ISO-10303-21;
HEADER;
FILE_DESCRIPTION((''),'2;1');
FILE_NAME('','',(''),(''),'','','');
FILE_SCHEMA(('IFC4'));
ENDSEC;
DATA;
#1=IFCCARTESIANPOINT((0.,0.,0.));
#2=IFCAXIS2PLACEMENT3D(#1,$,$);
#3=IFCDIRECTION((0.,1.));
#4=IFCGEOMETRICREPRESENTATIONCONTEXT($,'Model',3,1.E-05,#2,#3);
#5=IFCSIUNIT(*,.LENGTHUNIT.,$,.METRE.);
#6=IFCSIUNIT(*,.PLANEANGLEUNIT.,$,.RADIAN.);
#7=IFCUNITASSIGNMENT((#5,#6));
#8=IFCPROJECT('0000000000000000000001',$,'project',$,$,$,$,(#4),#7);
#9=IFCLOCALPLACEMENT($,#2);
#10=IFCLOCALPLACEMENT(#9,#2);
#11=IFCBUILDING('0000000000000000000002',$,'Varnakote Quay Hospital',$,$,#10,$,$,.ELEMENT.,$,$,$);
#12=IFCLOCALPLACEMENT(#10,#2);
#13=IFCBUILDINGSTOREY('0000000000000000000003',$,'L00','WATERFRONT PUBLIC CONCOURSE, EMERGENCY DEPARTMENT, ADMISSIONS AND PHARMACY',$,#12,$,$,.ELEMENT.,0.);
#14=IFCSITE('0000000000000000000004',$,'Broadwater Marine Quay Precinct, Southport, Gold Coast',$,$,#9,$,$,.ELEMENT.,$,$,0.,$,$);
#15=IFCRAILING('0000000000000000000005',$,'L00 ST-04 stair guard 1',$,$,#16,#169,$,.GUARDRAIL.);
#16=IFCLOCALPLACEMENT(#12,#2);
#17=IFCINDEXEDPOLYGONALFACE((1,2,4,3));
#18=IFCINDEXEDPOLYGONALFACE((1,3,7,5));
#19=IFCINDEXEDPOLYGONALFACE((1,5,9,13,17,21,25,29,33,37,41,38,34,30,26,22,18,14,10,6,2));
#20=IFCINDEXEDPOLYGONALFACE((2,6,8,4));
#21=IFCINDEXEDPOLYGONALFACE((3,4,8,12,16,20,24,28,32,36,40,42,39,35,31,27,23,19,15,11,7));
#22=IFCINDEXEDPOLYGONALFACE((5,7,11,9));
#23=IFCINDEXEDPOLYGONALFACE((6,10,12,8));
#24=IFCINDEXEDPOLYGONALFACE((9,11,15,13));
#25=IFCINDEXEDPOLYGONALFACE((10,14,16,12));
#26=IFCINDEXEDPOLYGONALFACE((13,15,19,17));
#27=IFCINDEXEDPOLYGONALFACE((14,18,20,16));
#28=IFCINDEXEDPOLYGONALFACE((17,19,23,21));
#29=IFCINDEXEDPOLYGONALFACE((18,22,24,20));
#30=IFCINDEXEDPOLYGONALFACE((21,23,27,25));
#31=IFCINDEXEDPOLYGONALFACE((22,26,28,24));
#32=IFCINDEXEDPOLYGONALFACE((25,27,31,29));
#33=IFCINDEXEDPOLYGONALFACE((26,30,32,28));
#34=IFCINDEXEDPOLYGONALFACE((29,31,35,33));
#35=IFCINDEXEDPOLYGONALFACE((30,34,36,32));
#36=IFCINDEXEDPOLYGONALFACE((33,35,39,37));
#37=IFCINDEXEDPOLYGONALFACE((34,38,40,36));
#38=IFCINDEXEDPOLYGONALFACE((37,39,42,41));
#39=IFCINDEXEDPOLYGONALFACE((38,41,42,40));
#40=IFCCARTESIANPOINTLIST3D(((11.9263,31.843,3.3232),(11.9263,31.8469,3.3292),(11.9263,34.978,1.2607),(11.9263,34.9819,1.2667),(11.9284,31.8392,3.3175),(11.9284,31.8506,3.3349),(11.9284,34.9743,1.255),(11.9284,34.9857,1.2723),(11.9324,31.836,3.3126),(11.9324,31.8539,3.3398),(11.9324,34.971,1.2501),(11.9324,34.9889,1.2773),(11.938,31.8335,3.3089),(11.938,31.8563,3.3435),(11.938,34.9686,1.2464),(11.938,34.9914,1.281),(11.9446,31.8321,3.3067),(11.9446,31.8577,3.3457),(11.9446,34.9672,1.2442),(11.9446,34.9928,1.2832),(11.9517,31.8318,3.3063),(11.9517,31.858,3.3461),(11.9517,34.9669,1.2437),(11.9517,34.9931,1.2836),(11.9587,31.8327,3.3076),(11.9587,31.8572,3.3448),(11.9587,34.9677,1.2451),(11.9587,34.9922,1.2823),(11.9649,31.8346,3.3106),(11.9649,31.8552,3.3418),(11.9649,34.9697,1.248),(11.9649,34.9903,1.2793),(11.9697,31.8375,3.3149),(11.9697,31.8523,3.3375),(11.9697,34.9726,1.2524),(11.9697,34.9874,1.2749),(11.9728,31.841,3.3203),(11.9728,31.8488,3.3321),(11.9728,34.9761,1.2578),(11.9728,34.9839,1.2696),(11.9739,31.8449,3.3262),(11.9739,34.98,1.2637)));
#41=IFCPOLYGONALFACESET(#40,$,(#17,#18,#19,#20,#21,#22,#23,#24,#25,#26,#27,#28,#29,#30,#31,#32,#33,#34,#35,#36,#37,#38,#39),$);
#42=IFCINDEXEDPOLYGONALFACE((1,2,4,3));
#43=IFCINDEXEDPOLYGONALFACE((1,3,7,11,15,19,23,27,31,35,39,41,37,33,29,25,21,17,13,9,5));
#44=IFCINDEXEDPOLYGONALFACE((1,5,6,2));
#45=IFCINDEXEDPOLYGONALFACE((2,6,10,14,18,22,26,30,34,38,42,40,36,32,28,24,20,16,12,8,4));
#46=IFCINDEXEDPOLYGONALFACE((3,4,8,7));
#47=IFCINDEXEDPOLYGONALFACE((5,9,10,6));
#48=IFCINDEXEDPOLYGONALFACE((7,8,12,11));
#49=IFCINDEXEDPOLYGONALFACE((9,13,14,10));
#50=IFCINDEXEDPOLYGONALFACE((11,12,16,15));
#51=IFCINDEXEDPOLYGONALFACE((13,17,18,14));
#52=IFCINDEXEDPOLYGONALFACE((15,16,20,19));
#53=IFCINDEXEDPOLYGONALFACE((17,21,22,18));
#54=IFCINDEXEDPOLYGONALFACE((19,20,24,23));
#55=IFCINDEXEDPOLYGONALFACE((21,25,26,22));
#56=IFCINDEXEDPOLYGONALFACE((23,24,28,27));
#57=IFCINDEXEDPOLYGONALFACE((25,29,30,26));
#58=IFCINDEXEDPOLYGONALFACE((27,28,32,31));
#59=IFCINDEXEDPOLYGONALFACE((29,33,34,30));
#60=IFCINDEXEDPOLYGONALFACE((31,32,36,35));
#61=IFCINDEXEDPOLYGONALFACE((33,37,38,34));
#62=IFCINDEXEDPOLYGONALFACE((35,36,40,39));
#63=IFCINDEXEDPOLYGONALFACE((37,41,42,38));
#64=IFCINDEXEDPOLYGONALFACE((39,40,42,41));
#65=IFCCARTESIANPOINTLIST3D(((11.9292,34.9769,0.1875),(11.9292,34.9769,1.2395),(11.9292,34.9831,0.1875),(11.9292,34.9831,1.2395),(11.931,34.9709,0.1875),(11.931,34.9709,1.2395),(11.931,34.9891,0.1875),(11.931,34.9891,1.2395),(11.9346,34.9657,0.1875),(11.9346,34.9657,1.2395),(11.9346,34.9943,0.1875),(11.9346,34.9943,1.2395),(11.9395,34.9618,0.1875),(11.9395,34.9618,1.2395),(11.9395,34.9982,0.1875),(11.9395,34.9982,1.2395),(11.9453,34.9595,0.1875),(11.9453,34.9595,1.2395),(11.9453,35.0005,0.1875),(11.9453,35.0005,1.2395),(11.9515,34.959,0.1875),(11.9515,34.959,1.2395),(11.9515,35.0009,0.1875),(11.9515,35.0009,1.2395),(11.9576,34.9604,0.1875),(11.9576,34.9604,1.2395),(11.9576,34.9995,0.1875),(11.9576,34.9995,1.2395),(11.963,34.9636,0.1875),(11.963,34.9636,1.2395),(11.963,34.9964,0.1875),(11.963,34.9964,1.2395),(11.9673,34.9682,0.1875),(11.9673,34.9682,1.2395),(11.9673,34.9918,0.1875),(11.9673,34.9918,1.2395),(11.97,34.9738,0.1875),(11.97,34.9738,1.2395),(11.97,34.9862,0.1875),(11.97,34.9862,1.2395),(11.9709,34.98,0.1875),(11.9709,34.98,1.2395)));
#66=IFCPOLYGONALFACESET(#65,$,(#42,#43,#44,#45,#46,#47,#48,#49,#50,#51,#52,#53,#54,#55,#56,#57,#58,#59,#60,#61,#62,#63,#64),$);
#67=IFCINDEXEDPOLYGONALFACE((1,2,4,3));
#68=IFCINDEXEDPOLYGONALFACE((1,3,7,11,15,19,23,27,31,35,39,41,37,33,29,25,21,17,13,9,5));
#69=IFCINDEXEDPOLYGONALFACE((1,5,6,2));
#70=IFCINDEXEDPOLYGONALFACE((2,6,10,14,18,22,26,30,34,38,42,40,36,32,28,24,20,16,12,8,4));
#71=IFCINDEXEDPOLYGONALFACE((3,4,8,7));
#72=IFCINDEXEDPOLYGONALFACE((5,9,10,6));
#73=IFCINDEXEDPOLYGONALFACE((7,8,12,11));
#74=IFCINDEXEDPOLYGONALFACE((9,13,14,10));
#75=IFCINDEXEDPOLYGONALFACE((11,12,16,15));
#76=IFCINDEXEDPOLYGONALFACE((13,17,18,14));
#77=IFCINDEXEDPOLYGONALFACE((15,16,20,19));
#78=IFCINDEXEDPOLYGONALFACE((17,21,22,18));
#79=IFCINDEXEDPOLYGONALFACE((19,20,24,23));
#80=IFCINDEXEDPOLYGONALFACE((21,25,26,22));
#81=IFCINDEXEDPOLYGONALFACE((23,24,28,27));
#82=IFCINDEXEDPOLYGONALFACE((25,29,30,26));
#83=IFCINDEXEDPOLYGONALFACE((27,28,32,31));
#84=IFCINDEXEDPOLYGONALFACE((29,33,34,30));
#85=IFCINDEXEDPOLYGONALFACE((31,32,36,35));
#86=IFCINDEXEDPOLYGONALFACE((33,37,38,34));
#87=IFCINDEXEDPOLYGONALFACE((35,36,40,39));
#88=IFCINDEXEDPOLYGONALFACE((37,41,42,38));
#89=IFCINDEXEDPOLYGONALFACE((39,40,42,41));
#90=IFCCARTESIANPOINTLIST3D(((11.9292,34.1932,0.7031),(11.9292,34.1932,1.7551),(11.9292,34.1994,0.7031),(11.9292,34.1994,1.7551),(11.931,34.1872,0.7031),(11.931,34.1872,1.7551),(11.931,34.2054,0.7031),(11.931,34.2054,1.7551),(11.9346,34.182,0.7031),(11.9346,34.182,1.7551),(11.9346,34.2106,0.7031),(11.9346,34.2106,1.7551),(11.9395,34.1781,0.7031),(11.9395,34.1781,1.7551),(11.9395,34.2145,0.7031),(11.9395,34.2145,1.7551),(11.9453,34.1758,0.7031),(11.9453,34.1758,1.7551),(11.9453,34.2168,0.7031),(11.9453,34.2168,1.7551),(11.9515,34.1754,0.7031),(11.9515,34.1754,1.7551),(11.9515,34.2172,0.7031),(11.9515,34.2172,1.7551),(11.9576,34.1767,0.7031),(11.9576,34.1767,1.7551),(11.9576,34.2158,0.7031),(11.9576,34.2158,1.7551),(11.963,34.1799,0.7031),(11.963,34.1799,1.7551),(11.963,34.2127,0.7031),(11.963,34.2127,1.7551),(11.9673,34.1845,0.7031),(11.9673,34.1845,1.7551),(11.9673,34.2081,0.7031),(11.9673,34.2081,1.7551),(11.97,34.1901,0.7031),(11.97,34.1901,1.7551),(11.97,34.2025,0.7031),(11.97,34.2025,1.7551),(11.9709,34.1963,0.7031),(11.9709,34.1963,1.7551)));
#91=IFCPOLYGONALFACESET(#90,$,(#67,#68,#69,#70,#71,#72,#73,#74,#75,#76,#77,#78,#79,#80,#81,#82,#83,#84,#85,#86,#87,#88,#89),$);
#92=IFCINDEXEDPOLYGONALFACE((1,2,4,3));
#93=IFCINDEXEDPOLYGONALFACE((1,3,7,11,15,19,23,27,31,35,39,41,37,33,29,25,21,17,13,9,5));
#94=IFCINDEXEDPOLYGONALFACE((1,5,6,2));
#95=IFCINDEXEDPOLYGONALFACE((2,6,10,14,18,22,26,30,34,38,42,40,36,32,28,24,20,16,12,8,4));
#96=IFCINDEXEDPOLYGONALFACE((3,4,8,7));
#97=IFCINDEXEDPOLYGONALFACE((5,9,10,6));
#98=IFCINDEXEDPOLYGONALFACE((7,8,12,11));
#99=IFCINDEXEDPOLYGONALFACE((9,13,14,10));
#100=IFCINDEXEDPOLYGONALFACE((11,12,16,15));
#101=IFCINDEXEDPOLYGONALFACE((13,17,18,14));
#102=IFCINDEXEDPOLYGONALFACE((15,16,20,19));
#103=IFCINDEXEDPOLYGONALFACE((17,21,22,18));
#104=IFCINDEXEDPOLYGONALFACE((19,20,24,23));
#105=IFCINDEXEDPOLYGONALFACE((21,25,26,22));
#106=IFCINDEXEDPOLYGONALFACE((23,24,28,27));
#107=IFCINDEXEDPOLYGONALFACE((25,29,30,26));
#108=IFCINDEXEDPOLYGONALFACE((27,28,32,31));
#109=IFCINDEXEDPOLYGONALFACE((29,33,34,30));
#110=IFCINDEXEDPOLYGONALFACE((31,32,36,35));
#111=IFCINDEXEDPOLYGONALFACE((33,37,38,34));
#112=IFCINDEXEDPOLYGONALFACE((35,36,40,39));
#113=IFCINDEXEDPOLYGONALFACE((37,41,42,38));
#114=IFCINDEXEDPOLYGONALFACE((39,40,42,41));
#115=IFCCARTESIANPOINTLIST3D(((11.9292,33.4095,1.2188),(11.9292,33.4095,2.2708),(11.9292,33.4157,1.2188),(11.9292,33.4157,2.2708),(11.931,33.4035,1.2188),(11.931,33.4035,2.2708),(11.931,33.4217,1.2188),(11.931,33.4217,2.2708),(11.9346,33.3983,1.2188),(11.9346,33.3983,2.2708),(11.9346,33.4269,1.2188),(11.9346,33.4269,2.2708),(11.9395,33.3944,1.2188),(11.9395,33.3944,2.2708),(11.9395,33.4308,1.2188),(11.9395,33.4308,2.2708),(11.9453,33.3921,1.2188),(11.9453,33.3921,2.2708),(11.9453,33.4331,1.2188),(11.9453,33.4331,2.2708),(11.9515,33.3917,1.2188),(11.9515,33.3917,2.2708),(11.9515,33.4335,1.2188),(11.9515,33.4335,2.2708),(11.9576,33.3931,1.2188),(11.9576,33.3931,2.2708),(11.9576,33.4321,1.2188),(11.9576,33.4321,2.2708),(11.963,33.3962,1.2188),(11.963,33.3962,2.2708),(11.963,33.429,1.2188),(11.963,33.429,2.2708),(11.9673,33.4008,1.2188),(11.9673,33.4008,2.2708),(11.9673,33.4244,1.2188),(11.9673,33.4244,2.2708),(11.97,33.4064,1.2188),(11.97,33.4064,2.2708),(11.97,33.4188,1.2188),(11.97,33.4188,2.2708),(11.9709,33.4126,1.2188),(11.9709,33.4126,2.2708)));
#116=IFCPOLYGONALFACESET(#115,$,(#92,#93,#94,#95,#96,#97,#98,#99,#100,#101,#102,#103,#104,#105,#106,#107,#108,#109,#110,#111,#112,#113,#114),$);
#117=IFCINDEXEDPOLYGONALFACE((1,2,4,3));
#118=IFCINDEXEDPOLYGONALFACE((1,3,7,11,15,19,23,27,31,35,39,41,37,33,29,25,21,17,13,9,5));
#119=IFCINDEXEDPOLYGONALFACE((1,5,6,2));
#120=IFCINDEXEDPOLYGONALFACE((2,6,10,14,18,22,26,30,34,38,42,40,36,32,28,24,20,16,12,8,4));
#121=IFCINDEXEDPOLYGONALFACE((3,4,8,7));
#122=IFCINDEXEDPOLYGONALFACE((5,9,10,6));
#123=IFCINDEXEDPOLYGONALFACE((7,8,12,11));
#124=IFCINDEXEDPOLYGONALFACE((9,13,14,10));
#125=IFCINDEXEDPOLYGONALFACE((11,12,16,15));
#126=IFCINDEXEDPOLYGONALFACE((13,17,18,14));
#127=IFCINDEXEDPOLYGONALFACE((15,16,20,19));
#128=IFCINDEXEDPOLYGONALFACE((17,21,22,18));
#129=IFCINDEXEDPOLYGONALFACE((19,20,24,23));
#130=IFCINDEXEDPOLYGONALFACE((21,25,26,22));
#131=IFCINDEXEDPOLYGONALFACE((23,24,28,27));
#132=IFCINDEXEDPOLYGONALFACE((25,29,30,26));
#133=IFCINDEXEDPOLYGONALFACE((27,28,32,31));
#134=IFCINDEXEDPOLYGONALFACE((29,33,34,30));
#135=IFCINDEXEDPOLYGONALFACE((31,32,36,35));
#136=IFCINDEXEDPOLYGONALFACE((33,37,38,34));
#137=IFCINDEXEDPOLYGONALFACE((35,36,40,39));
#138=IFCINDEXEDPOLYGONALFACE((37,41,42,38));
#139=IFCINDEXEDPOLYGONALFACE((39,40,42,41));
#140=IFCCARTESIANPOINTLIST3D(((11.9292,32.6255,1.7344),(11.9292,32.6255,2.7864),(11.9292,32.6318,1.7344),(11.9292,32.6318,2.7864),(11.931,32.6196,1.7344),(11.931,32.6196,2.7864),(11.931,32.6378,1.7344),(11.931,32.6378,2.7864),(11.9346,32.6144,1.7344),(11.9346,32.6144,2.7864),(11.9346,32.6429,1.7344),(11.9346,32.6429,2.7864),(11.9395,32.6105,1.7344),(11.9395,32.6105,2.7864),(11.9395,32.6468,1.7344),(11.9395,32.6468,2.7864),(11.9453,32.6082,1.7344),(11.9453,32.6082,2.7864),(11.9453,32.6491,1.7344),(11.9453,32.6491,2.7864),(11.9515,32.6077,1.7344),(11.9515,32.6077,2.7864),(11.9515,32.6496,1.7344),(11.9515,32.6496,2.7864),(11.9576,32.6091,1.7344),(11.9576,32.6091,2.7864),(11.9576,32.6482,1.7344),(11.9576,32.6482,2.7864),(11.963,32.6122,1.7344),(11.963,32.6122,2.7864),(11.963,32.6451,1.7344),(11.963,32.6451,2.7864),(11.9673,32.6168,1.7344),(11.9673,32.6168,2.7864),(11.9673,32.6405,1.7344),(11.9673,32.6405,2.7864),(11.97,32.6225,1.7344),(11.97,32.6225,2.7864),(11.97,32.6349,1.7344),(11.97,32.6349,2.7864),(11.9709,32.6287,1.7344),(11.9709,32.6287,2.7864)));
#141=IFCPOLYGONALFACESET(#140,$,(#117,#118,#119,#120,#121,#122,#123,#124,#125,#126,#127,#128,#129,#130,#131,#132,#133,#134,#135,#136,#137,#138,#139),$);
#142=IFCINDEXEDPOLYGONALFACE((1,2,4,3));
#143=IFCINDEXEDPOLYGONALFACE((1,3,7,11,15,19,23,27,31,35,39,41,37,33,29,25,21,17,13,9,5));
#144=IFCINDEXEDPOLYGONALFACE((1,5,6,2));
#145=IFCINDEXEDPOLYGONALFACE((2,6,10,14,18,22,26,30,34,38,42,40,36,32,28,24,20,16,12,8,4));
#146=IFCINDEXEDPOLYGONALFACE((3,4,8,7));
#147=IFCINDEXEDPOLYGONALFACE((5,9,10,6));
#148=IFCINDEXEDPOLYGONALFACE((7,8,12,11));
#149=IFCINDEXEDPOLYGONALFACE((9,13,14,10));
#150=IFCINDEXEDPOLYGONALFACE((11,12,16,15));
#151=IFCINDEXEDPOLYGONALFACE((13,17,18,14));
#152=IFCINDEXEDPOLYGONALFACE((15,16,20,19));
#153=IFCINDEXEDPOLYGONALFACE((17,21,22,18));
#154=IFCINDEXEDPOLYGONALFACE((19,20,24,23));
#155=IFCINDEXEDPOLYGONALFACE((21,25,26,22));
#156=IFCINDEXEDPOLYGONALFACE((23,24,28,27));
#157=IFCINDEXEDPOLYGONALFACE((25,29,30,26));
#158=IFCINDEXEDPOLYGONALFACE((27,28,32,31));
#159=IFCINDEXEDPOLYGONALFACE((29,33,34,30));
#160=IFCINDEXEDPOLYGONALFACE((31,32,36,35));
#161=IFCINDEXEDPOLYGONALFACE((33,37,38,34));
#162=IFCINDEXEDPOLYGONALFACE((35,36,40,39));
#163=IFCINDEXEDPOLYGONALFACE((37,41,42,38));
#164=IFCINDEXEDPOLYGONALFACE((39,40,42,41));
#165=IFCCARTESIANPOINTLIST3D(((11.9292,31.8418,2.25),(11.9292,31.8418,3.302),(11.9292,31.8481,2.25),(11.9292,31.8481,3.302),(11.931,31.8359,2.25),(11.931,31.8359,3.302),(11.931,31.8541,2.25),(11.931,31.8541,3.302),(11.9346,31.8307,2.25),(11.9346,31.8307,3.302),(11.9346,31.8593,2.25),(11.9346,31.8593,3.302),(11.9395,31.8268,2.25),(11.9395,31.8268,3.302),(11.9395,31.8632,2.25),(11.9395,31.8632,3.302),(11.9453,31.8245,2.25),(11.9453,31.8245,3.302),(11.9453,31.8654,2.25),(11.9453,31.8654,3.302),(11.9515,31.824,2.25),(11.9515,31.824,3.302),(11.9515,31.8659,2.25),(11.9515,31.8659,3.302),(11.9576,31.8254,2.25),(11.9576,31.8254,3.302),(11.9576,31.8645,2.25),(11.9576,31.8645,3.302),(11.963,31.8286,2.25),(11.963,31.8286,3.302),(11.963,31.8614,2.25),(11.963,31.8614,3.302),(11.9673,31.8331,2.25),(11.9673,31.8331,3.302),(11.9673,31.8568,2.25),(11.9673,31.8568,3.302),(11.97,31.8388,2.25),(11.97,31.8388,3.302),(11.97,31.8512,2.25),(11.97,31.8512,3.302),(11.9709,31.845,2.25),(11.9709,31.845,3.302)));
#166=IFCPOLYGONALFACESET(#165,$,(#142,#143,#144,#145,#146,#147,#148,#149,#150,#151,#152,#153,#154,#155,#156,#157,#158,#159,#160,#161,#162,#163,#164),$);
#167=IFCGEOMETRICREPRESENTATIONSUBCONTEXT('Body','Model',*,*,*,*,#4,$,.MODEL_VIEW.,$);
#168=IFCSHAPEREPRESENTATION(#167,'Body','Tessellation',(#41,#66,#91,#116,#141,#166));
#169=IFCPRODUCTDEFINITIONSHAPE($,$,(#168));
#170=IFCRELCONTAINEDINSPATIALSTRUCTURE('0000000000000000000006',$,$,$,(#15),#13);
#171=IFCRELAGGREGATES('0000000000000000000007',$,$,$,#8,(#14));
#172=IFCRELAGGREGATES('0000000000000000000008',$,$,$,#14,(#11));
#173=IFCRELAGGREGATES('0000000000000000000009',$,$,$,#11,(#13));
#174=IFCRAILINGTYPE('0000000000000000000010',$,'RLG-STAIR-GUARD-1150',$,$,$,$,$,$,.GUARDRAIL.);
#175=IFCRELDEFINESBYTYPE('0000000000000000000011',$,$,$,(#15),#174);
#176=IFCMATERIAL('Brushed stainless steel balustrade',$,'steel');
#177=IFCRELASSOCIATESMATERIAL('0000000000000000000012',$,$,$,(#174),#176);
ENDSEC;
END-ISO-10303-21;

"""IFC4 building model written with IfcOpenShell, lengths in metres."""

from ifc_helpers import new_model, si_unit, direction, frame, origin, origin_2d, place, context, subcontext, project, spatial, circle, extrude, material, type_object, element, save


model = new_model("IFC4")

# Units and contexts
model_context = context("Model", 3, precision=1e-05, world=origin(), true_north=direction((0.0, 1.0)))
body_context = subcontext(model_context, "Body", "Model", "MODEL_VIEW")
ifc_project = project(units=[si_unit("LENGTHUNIT", "METRE"), si_unit("PLANEANGLEUNIT", "RADIAN")], contexts=[model_context])

# Site, building, storey
site_placement = place(None, origin())
site = spatial("IfcSite", under=ifc_project, at=site_placement, Name="Broadwater Marine Quay Precinct, Southport, Gold Coast", CompositionType="ELEMENT", RefElevation=0.0)
building_placement = place(site_placement, origin())
building = spatial("IfcBuilding", under=site, at=building_placement, Name="Varnakote Quay Hospital", CompositionType="ELEMENT")
storey_placement = place(building_placement, origin())
storey = spatial("IfcBuildingStorey", under=building, at=storey_placement, Name="L00", Description="WATERFRONT PUBLIC CONCOURSE, EMERGENCY DEPARTMENT, ADMISSIONS AND PHARMACY", CompositionType="ELEMENT", Elevation=0.0)

# Railing
ifc_material_1 = material(Name="Brushed stainless steel balustrade", Category="steel")
railing_type_1 = type_object("IfcRailingType", Name="RLG-STAIR-GUARD-1150", PredefinedType="GUARDRAIL", material=ifc_material_1)
railing_1_placement = place(storey_placement, frame((11.95, 34.98, 0.1875)))
element("IfcRailing", 1, at=railing_1_placement, inside=storey, type_object=railing_type_1, Name="L00 ST-04 stair guard 1", PredefinedType="GUARDRAIL", context=body_context, shape_type="SweptSolid", body=[
    extrude(circle(Radius=0.0239, at=origin_2d()), frame((0.0, 0.0, 1.0762), z_axis=(0.0, -0.835418, 0.549615), x_axis=(1.0, 0.0, 0.0)), (0.0, 0.0, 1.0), 3.7527),
    extrude(circle(Radius=0.021, at=origin_2d()), origin(), (0.0, 0.0, 1.0), 1.052),
    extrude(circle(Radius=0.021, at=origin_2d()), frame((0.0, -0.7837, 0.5156)), (0.0, 0.0, 1.0), 1.052),
    extrude(circle(Radius=0.021, at=origin_2d()), frame((0.0, -1.5674, 1.0312)), (0.0, 0.0, 1.0), 1.052),
    extrude(circle(Radius=0.021, at=origin_2d()), frame((0.0, -2.3513, 1.5469)), (0.0, 0.0, 1.0), 1.052),
    extrude(circle(Radius=0.021, at=origin_2d()), frame((0.0, -3.135, 2.0625)), (0.0, 0.0, 1.0), 1.052),
])

save(model, "model.ifc")
